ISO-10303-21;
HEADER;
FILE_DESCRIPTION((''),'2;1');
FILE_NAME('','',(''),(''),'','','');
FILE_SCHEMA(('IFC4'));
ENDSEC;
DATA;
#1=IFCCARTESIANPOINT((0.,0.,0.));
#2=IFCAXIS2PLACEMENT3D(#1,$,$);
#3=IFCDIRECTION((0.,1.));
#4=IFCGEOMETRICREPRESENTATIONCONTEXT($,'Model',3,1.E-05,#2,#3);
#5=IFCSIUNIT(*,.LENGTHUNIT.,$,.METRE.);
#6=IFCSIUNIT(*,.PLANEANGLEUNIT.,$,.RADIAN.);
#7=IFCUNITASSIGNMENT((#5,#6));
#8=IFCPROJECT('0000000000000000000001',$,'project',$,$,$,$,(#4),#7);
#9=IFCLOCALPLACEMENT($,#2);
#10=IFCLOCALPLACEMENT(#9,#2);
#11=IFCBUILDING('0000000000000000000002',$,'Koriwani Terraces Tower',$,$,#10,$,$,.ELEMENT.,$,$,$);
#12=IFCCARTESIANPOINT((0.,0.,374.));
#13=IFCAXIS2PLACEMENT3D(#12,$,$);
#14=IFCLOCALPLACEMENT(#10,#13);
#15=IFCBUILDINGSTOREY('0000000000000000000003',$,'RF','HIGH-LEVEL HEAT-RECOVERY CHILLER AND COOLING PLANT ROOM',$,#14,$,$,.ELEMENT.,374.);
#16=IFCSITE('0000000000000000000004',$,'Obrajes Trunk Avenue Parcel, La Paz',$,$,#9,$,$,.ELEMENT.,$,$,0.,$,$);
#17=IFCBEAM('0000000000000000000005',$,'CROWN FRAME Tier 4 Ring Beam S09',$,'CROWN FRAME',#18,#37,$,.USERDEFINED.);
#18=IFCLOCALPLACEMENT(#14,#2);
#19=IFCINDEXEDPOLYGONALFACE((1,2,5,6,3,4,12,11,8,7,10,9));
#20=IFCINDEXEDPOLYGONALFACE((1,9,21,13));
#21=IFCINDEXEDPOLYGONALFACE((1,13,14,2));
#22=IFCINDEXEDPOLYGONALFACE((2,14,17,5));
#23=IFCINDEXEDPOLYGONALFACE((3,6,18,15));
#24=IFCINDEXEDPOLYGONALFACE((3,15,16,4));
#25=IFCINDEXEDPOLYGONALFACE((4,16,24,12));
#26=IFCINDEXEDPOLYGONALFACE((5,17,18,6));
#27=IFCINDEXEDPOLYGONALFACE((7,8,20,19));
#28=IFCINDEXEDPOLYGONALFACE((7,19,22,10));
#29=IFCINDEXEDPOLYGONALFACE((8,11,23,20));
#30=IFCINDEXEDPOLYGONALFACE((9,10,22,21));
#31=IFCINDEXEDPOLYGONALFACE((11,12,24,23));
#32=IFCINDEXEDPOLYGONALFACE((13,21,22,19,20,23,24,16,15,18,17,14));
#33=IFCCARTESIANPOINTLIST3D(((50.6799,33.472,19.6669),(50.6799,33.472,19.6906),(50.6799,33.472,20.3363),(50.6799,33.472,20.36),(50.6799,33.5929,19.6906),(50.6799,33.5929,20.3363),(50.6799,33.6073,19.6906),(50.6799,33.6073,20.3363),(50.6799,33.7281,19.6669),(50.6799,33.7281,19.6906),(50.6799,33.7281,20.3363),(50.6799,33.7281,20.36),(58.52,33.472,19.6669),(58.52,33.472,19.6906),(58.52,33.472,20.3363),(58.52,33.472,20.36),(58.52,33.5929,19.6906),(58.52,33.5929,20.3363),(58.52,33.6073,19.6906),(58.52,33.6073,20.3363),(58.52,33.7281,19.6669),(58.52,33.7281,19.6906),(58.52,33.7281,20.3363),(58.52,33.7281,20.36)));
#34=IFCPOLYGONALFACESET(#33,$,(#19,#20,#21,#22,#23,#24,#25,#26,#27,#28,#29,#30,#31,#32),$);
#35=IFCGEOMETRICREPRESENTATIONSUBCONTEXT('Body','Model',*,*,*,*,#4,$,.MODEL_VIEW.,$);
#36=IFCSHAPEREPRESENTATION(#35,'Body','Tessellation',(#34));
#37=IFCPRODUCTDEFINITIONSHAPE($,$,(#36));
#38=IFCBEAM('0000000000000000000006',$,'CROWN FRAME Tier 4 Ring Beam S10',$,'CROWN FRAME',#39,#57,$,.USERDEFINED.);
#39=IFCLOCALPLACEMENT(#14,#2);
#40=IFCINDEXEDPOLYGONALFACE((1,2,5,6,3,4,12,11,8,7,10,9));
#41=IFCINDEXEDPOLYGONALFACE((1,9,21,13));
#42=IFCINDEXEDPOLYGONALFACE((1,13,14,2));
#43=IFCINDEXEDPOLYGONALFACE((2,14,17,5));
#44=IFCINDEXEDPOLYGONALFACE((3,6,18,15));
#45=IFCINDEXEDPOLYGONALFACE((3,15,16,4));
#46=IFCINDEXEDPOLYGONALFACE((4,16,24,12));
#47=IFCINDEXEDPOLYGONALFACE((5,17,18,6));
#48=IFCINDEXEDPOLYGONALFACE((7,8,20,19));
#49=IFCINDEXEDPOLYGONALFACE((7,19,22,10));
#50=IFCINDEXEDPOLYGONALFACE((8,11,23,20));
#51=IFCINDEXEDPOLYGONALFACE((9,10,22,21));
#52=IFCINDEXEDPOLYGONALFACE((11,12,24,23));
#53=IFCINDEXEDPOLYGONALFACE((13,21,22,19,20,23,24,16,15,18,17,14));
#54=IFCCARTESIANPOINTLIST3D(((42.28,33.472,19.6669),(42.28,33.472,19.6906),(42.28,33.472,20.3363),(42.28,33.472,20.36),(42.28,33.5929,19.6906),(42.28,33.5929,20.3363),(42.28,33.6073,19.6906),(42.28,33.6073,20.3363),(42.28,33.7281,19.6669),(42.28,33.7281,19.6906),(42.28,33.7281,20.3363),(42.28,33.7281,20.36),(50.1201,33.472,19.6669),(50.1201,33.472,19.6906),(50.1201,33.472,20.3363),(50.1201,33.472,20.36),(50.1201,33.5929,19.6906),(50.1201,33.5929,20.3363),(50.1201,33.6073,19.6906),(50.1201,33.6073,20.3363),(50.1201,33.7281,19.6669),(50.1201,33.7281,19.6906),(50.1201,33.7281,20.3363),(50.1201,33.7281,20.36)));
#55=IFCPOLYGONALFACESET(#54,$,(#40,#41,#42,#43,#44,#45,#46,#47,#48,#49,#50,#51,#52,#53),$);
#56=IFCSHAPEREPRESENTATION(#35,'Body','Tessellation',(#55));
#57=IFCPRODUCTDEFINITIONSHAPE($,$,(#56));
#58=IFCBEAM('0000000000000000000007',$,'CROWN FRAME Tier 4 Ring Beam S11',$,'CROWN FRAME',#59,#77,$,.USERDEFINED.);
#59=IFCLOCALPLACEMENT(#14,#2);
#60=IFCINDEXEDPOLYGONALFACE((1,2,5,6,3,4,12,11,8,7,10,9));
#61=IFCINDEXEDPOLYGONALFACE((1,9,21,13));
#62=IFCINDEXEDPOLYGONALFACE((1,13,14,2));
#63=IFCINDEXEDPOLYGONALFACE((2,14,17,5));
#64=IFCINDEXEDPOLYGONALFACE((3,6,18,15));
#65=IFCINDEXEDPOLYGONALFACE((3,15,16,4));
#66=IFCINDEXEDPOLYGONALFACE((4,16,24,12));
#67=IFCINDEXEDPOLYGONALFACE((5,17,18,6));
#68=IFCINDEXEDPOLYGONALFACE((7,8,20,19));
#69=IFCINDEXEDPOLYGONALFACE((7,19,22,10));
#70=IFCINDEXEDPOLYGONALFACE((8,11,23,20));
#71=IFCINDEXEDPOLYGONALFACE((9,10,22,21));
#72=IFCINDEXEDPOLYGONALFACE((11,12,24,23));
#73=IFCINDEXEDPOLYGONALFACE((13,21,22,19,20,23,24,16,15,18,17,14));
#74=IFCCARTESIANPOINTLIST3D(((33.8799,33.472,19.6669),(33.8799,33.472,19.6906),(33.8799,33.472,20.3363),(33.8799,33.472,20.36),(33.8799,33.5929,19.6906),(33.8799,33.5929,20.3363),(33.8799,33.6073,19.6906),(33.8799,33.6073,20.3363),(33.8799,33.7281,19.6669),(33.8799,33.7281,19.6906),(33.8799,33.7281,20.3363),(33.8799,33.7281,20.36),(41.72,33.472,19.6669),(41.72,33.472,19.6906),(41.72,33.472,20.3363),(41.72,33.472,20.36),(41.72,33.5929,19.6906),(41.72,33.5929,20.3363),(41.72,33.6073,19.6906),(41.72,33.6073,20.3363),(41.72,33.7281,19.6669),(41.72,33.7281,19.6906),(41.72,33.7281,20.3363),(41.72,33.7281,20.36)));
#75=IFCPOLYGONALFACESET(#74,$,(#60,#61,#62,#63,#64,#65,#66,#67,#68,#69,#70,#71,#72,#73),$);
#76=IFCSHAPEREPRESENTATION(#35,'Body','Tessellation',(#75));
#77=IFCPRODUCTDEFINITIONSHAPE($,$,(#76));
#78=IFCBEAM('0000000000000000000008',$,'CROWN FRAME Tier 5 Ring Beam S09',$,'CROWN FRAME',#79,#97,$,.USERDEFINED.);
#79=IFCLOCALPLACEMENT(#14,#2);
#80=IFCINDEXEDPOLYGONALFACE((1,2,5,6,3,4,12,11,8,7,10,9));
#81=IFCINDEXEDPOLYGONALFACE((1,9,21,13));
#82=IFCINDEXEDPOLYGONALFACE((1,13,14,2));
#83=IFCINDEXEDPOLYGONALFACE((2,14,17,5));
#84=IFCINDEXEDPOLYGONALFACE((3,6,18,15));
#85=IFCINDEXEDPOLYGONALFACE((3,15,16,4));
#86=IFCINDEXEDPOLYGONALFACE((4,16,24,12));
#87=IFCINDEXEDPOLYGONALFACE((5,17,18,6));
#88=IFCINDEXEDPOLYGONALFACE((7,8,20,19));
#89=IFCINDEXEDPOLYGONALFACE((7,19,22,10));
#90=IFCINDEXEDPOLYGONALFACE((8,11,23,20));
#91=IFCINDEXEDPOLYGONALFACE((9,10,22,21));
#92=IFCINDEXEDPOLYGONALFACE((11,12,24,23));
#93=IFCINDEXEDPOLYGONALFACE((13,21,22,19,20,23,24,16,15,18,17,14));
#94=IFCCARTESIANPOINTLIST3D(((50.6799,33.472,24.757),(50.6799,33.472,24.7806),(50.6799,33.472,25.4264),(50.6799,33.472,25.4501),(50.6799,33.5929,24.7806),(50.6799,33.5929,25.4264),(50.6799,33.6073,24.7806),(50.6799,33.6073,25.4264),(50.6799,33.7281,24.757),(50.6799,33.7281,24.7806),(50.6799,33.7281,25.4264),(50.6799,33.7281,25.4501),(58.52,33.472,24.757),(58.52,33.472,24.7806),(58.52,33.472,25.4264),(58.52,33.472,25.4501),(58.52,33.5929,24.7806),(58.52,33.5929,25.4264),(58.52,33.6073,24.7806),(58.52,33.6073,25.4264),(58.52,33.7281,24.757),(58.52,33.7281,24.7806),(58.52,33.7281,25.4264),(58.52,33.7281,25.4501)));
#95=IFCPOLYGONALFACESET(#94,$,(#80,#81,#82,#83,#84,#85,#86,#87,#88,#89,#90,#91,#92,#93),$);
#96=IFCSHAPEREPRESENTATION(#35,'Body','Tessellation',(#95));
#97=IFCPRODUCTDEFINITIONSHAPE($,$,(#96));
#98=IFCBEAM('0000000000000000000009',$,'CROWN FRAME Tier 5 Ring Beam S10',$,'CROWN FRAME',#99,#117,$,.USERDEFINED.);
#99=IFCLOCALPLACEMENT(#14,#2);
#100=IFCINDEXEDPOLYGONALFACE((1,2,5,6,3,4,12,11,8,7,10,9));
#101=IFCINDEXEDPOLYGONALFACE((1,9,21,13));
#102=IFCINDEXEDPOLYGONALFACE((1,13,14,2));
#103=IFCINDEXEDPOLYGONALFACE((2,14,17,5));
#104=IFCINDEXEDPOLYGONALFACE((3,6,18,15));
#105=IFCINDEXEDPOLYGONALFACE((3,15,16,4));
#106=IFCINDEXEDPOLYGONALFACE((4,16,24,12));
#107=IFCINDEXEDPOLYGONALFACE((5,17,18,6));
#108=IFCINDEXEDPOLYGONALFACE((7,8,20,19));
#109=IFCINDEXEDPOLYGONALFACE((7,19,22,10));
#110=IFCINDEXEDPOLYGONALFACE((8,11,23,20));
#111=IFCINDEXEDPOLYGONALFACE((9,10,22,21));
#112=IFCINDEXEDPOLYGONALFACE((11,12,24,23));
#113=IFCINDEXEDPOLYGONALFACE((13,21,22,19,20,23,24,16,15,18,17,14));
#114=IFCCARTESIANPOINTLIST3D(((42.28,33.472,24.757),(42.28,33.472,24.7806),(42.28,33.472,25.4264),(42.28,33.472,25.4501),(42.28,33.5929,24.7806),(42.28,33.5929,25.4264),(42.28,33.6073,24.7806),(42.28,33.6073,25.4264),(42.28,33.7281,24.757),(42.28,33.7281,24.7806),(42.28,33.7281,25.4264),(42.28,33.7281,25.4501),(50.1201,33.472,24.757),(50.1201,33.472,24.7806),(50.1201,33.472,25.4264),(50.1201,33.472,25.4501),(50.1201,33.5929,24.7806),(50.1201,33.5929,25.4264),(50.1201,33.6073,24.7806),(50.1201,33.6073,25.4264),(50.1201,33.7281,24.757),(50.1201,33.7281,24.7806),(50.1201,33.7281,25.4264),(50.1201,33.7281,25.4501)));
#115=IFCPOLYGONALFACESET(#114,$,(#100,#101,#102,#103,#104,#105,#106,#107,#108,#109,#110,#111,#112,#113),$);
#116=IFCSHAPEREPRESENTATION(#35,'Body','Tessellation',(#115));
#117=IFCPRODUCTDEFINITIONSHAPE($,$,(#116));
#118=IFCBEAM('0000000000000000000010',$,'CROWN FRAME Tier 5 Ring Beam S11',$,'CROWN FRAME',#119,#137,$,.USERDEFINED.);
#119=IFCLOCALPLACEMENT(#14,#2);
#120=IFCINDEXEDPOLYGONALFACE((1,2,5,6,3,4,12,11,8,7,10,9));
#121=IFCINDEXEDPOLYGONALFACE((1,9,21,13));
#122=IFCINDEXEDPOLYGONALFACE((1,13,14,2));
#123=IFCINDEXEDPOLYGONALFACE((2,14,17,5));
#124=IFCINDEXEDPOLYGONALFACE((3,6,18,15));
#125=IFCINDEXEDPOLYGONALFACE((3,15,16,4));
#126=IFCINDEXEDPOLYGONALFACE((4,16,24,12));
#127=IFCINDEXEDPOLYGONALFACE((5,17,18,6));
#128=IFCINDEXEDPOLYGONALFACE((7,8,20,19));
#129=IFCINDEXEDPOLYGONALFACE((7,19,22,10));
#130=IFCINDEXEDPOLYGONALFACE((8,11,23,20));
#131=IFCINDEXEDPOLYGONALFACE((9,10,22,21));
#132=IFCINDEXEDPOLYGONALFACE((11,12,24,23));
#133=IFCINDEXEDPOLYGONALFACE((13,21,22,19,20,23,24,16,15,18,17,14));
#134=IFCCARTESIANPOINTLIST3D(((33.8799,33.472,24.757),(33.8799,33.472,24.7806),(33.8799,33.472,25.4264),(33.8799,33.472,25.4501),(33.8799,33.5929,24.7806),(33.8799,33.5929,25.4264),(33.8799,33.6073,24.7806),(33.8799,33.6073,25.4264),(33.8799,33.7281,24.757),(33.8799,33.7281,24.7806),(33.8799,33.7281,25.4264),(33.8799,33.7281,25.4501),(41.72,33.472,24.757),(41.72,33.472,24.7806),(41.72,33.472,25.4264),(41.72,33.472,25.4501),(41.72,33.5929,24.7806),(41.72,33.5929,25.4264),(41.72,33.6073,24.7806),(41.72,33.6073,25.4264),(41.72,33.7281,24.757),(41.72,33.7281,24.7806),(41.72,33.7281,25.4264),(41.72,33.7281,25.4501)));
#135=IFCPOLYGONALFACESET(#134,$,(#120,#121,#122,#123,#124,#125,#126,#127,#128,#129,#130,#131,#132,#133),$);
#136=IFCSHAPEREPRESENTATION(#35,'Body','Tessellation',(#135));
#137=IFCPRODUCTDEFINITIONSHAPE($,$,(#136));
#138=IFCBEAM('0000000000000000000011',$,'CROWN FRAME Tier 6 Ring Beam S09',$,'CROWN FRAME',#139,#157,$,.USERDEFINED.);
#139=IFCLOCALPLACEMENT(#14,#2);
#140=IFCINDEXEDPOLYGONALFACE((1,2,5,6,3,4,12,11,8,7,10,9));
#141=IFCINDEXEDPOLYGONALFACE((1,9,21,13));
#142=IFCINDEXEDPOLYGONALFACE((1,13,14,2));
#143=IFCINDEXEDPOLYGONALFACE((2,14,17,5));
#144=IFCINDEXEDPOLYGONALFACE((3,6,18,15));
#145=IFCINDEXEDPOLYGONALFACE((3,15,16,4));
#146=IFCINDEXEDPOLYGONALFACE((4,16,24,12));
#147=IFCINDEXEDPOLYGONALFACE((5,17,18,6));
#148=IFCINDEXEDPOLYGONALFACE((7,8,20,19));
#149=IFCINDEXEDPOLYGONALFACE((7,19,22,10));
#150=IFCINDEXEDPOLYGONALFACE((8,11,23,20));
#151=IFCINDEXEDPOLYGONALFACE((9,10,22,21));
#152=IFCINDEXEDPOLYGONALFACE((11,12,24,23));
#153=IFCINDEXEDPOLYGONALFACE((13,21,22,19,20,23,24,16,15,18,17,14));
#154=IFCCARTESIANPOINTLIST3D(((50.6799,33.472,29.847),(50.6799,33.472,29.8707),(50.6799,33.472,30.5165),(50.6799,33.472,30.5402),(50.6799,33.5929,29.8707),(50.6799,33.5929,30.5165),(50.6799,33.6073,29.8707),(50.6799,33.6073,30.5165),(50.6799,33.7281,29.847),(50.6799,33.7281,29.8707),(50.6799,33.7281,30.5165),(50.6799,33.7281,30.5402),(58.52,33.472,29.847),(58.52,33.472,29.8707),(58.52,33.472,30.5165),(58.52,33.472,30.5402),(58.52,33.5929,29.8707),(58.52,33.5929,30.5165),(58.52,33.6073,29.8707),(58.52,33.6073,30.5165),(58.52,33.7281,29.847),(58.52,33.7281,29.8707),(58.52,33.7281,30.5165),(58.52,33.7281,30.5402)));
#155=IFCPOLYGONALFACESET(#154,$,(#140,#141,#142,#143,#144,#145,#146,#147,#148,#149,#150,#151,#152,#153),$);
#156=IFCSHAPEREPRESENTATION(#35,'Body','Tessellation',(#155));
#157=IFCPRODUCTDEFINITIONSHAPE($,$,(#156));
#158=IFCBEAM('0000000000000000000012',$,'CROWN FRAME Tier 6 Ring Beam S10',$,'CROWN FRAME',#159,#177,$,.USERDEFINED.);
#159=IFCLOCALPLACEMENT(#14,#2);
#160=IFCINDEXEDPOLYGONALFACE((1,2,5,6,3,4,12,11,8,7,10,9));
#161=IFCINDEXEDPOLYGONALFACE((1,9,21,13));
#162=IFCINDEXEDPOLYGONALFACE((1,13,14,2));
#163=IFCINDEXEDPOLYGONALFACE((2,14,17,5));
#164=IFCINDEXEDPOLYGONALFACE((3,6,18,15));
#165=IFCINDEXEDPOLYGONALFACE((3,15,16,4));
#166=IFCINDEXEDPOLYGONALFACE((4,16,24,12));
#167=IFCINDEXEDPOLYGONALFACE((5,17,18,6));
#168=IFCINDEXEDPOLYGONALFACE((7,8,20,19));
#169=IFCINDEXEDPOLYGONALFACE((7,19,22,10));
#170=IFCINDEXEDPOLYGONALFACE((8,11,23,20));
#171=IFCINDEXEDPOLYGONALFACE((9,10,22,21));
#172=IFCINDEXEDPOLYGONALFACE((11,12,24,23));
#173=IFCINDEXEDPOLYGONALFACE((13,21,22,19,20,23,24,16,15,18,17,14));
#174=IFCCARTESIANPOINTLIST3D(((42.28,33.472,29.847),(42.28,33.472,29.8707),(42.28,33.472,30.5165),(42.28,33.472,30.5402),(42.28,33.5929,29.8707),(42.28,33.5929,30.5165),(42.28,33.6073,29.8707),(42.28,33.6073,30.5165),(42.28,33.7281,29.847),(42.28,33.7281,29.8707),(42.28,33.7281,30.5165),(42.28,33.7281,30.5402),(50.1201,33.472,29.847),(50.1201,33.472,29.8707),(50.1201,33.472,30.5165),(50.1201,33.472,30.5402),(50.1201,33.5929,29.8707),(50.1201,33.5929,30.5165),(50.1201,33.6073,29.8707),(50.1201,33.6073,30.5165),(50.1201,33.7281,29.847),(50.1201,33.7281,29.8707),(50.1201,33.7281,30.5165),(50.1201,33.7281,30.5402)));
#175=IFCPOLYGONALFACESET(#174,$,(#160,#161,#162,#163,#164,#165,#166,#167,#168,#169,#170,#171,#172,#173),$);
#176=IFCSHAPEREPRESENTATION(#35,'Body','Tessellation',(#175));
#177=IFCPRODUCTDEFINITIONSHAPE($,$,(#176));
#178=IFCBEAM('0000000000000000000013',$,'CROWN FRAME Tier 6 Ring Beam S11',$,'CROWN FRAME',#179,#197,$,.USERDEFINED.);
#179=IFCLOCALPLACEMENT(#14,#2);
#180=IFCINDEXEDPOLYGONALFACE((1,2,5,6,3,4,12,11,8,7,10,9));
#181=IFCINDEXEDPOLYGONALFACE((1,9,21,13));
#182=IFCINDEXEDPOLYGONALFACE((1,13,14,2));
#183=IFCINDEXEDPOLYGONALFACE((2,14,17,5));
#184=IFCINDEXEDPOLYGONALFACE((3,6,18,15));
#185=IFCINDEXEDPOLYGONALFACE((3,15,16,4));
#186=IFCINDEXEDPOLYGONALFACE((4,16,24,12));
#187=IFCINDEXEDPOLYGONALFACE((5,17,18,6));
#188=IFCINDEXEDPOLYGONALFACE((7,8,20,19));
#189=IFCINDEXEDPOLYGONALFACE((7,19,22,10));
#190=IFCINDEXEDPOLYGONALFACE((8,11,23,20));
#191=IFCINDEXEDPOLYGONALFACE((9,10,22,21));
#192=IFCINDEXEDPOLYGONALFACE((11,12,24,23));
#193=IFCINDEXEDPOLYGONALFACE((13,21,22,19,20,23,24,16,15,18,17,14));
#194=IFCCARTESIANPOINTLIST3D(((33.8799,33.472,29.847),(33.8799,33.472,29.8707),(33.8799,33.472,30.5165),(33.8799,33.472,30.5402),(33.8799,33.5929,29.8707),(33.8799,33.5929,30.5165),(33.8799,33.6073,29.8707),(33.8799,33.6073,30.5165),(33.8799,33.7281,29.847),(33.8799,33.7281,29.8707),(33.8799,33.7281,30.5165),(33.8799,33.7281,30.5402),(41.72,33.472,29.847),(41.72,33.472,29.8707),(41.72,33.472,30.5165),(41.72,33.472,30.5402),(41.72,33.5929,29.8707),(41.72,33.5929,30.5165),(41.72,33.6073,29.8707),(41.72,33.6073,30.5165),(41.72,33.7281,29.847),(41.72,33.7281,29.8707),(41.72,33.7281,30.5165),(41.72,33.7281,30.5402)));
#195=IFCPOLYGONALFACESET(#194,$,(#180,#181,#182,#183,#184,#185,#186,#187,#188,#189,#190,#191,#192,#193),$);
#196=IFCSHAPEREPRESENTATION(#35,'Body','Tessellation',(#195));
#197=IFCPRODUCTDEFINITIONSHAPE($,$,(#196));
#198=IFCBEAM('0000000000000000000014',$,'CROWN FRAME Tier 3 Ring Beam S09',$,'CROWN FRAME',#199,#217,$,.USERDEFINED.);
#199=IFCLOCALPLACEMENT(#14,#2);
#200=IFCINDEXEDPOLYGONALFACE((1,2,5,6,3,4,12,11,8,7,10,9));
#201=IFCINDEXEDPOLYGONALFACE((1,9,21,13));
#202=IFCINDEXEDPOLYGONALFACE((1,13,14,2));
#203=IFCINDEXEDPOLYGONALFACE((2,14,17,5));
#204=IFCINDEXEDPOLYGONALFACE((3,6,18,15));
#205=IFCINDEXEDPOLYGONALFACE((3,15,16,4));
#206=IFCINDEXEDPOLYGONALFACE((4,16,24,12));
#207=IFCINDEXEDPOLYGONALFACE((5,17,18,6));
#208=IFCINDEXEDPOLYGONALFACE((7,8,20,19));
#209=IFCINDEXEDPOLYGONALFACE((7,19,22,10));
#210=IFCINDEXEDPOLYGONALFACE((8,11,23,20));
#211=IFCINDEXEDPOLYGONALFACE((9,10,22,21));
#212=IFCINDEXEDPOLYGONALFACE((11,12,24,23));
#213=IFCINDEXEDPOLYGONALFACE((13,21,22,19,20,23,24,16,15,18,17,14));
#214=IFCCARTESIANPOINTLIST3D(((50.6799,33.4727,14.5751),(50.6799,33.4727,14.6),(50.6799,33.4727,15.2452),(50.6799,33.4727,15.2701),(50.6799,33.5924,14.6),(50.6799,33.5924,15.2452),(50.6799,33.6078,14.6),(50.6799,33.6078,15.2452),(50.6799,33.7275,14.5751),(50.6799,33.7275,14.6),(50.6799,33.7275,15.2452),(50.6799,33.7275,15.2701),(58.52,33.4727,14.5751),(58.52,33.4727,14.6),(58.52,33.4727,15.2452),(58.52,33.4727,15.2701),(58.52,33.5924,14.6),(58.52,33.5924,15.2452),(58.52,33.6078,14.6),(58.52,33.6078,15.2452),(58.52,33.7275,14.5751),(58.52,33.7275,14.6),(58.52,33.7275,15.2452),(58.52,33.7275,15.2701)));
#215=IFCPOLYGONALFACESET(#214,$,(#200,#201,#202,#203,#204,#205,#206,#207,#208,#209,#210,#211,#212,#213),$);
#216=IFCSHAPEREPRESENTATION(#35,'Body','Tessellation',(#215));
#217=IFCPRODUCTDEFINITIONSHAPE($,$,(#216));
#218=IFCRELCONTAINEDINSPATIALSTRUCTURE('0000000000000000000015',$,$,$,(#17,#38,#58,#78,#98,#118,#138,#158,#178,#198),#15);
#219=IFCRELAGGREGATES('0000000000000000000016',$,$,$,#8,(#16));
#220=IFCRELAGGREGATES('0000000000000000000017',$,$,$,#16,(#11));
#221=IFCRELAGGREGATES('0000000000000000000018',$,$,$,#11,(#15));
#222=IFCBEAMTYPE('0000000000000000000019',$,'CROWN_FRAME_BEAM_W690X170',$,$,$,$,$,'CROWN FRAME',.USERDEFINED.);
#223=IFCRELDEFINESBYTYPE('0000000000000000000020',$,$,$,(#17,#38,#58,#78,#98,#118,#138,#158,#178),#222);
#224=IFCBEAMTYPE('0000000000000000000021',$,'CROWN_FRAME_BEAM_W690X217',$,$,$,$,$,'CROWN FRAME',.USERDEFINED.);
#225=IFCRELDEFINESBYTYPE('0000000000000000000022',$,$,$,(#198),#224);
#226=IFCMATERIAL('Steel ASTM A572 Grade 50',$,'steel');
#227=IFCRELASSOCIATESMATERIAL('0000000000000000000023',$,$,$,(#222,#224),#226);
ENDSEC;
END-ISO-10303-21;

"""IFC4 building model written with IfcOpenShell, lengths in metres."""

from ifc_helpers import new_model, si_unit, direction, frame, origin, origin_2d, place, context, subcontext, project, spatial, i_section, extrude, material, material_profile, profile_set, type_object, element, save


model = new_model("IFC4")

# Units and contexts
model_context = context("Model", 3, precision=1e-05, world=origin(), true_north=direction((0.0, 1.0)))
body_context = subcontext(model_context, "Body", "Model", "MODEL_VIEW")
ifc_project = project(units=[si_unit("LENGTHUNIT", "METRE"), si_unit("PLANEANGLEUNIT", "RADIAN")], contexts=[model_context])

# Site, building, storey
site_placement = place(None, origin())
site = spatial("IfcSite", under=ifc_project, at=site_placement, Name="Obrajes Trunk Avenue Parcel, La Paz", CompositionType="ELEMENT", RefElevation=0.0)
building_placement = place(site_placement, origin())
building = spatial("IfcBuilding", under=site, at=building_placement, Name="Koriwani Terraces Tower", CompositionType="ELEMENT")
storey_placement = place(building_placement, frame((0.0, 0.0, 374.0)))
storey = spatial("IfcBuildingStorey", under=building, at=storey_placement, Name="RF", Description="HIGH-LEVEL HEAT-RECOVERY CHILLER AND COOLING PLANT ROOM", CompositionType="ELEMENT", Elevation=374.0)

# Beams
ifc_material_1 = material(Name="Steel ASTM A572 Grade 50", Category="steel")
ifc_material_profile_1 = material_profile(ifc_material_1, i_section(OverallWidth=0.2561, OverallDepth=0.6931, WebThickness=0.0144, FlangeThickness=0.0237, at=origin_2d()), Name="Steel ASTM A572 Grade 50", Category="LoadBearing")
ifc_profile_set_1 = profile_set([ifc_material_profile_1], Name="Steel ASTM A572 Grade 50")
beam_type_1 = type_object("IfcBeamType", Name="CROWN_FRAME_BEAM_W690X170", ElementType="CROWN FRAME", PredefinedType="USERDEFINED", material=ifc_profile_set_1)
for number, where, z_axis, x_axis, name in (
    (1, (58.52, 33.6001, 20.0134), (-1.0, 0.0, 0.0), (0.0, -1.0, 0.0), "CROWN FRAME Tier 4 Ring Beam S09"),
    (2, (50.1201, 33.6001, 20.0134), (-1.0, 0.0, 0.0), (0.0, -1.0, 0.0), "CROWN FRAME Tier 4 Ring Beam S10"),
    (3, (41.72, 33.6001, 20.0134), (-1.0, 0.0, 0.0), (0.0, -1.0, 0.0), "CROWN FRAME Tier 4 Ring Beam S11"),
    (4, (58.52, 33.6001, 25.1035), (-1.0, 0.0, 0.0), (0.0, -1.0, 0.0), "CROWN FRAME Tier 5 Ring Beam S09"),
    (5, (50.1201, 33.6001, 25.1035), (-1.0, 0.0, 0.0), (0.0, -1.0, 0.0), "CROWN FRAME Tier 5 Ring Beam S10"),
    (6, (41.72, 33.6001, 25.1035), (-1.0, 0.0, 0.0), (0.0, -1.0, 0.0), "CROWN FRAME Tier 5 Ring Beam S11"),
    (7, (58.52, 33.6001, 30.1936), (-1.0, 0.0, 0.0), (0.0, -1.0, 0.0), "CROWN FRAME Tier 6 Ring Beam S09"),
    (8, (50.1201, 33.6001, 30.1936), (-1.0, 0.0, 0.0), (0.0, -1.0, 0.0), "CROWN FRAME Tier 6 Ring Beam S10"),
    (9, (41.72, 33.6001, 30.1936), (-1.0, 0.0, 0.0), (0.0, -1.0, 0.0), "CROWN FRAME Tier 6 Ring Beam S11"),
):
    element("IfcBeam", number, at=place(storey_placement, frame(where, z_axis=z_axis, x_axis=x_axis)), inside=storey, type_object=beam_type_1, Name=name, ObjectType="CROWN FRAME", PredefinedType="USERDEFINED", context=body_context, shape_type="SweptSolid", body=[
        extrude(i_section(OverallWidth=0.2561, OverallDepth=0.6931, WebThickness=0.0144, FlangeThickness=0.0237, at=origin_2d()), origin(), (0.0, 0.0, 1.0), 7.8401),
    ])
ifc_material_profile_2 = material_profile(ifc_material_1, i_section(OverallWidth=0.2549, OverallDepth=0.6951, WebThickness=0.0154, FlangeThickness=0.0249, at=origin_2d()), Name="Steel ASTM A572 Grade 50", Category="LoadBearing")
ifc_profile_set_2 = profile_set([ifc_material_profile_2], Name="Steel ASTM A572 Grade 50")
beam_type_2 = type_object("IfcBeamType", Name="CROWN_FRAME_BEAM_W690X217", ElementType="CROWN FRAME", PredefinedType="USERDEFINED", material=ifc_profile_set_2)
beam_placement = place(storey_placement, frame((58.52, 33.6001, 14.9226), z_axis=(-1.0, 0.0, 0.0), x_axis=(0.0, -1.0, 0.0)))
element("IfcBeam", 10, at=beam_placement, inside=storey, type_object=beam_type_2, Name="CROWN FRAME Tier 3 Ring Beam S09", ObjectType="CROWN FRAME", PredefinedType="USERDEFINED", context=body_context, shape_type="SweptSolid", body=[
    extrude(i_section(OverallWidth=0.2549, OverallDepth=0.6951, WebThickness=0.0154, FlangeThickness=0.0249, at=origin_2d()), origin(), (0.0, 0.0, 1.0), 7.8401),
])

save(model, "model.ifc")
